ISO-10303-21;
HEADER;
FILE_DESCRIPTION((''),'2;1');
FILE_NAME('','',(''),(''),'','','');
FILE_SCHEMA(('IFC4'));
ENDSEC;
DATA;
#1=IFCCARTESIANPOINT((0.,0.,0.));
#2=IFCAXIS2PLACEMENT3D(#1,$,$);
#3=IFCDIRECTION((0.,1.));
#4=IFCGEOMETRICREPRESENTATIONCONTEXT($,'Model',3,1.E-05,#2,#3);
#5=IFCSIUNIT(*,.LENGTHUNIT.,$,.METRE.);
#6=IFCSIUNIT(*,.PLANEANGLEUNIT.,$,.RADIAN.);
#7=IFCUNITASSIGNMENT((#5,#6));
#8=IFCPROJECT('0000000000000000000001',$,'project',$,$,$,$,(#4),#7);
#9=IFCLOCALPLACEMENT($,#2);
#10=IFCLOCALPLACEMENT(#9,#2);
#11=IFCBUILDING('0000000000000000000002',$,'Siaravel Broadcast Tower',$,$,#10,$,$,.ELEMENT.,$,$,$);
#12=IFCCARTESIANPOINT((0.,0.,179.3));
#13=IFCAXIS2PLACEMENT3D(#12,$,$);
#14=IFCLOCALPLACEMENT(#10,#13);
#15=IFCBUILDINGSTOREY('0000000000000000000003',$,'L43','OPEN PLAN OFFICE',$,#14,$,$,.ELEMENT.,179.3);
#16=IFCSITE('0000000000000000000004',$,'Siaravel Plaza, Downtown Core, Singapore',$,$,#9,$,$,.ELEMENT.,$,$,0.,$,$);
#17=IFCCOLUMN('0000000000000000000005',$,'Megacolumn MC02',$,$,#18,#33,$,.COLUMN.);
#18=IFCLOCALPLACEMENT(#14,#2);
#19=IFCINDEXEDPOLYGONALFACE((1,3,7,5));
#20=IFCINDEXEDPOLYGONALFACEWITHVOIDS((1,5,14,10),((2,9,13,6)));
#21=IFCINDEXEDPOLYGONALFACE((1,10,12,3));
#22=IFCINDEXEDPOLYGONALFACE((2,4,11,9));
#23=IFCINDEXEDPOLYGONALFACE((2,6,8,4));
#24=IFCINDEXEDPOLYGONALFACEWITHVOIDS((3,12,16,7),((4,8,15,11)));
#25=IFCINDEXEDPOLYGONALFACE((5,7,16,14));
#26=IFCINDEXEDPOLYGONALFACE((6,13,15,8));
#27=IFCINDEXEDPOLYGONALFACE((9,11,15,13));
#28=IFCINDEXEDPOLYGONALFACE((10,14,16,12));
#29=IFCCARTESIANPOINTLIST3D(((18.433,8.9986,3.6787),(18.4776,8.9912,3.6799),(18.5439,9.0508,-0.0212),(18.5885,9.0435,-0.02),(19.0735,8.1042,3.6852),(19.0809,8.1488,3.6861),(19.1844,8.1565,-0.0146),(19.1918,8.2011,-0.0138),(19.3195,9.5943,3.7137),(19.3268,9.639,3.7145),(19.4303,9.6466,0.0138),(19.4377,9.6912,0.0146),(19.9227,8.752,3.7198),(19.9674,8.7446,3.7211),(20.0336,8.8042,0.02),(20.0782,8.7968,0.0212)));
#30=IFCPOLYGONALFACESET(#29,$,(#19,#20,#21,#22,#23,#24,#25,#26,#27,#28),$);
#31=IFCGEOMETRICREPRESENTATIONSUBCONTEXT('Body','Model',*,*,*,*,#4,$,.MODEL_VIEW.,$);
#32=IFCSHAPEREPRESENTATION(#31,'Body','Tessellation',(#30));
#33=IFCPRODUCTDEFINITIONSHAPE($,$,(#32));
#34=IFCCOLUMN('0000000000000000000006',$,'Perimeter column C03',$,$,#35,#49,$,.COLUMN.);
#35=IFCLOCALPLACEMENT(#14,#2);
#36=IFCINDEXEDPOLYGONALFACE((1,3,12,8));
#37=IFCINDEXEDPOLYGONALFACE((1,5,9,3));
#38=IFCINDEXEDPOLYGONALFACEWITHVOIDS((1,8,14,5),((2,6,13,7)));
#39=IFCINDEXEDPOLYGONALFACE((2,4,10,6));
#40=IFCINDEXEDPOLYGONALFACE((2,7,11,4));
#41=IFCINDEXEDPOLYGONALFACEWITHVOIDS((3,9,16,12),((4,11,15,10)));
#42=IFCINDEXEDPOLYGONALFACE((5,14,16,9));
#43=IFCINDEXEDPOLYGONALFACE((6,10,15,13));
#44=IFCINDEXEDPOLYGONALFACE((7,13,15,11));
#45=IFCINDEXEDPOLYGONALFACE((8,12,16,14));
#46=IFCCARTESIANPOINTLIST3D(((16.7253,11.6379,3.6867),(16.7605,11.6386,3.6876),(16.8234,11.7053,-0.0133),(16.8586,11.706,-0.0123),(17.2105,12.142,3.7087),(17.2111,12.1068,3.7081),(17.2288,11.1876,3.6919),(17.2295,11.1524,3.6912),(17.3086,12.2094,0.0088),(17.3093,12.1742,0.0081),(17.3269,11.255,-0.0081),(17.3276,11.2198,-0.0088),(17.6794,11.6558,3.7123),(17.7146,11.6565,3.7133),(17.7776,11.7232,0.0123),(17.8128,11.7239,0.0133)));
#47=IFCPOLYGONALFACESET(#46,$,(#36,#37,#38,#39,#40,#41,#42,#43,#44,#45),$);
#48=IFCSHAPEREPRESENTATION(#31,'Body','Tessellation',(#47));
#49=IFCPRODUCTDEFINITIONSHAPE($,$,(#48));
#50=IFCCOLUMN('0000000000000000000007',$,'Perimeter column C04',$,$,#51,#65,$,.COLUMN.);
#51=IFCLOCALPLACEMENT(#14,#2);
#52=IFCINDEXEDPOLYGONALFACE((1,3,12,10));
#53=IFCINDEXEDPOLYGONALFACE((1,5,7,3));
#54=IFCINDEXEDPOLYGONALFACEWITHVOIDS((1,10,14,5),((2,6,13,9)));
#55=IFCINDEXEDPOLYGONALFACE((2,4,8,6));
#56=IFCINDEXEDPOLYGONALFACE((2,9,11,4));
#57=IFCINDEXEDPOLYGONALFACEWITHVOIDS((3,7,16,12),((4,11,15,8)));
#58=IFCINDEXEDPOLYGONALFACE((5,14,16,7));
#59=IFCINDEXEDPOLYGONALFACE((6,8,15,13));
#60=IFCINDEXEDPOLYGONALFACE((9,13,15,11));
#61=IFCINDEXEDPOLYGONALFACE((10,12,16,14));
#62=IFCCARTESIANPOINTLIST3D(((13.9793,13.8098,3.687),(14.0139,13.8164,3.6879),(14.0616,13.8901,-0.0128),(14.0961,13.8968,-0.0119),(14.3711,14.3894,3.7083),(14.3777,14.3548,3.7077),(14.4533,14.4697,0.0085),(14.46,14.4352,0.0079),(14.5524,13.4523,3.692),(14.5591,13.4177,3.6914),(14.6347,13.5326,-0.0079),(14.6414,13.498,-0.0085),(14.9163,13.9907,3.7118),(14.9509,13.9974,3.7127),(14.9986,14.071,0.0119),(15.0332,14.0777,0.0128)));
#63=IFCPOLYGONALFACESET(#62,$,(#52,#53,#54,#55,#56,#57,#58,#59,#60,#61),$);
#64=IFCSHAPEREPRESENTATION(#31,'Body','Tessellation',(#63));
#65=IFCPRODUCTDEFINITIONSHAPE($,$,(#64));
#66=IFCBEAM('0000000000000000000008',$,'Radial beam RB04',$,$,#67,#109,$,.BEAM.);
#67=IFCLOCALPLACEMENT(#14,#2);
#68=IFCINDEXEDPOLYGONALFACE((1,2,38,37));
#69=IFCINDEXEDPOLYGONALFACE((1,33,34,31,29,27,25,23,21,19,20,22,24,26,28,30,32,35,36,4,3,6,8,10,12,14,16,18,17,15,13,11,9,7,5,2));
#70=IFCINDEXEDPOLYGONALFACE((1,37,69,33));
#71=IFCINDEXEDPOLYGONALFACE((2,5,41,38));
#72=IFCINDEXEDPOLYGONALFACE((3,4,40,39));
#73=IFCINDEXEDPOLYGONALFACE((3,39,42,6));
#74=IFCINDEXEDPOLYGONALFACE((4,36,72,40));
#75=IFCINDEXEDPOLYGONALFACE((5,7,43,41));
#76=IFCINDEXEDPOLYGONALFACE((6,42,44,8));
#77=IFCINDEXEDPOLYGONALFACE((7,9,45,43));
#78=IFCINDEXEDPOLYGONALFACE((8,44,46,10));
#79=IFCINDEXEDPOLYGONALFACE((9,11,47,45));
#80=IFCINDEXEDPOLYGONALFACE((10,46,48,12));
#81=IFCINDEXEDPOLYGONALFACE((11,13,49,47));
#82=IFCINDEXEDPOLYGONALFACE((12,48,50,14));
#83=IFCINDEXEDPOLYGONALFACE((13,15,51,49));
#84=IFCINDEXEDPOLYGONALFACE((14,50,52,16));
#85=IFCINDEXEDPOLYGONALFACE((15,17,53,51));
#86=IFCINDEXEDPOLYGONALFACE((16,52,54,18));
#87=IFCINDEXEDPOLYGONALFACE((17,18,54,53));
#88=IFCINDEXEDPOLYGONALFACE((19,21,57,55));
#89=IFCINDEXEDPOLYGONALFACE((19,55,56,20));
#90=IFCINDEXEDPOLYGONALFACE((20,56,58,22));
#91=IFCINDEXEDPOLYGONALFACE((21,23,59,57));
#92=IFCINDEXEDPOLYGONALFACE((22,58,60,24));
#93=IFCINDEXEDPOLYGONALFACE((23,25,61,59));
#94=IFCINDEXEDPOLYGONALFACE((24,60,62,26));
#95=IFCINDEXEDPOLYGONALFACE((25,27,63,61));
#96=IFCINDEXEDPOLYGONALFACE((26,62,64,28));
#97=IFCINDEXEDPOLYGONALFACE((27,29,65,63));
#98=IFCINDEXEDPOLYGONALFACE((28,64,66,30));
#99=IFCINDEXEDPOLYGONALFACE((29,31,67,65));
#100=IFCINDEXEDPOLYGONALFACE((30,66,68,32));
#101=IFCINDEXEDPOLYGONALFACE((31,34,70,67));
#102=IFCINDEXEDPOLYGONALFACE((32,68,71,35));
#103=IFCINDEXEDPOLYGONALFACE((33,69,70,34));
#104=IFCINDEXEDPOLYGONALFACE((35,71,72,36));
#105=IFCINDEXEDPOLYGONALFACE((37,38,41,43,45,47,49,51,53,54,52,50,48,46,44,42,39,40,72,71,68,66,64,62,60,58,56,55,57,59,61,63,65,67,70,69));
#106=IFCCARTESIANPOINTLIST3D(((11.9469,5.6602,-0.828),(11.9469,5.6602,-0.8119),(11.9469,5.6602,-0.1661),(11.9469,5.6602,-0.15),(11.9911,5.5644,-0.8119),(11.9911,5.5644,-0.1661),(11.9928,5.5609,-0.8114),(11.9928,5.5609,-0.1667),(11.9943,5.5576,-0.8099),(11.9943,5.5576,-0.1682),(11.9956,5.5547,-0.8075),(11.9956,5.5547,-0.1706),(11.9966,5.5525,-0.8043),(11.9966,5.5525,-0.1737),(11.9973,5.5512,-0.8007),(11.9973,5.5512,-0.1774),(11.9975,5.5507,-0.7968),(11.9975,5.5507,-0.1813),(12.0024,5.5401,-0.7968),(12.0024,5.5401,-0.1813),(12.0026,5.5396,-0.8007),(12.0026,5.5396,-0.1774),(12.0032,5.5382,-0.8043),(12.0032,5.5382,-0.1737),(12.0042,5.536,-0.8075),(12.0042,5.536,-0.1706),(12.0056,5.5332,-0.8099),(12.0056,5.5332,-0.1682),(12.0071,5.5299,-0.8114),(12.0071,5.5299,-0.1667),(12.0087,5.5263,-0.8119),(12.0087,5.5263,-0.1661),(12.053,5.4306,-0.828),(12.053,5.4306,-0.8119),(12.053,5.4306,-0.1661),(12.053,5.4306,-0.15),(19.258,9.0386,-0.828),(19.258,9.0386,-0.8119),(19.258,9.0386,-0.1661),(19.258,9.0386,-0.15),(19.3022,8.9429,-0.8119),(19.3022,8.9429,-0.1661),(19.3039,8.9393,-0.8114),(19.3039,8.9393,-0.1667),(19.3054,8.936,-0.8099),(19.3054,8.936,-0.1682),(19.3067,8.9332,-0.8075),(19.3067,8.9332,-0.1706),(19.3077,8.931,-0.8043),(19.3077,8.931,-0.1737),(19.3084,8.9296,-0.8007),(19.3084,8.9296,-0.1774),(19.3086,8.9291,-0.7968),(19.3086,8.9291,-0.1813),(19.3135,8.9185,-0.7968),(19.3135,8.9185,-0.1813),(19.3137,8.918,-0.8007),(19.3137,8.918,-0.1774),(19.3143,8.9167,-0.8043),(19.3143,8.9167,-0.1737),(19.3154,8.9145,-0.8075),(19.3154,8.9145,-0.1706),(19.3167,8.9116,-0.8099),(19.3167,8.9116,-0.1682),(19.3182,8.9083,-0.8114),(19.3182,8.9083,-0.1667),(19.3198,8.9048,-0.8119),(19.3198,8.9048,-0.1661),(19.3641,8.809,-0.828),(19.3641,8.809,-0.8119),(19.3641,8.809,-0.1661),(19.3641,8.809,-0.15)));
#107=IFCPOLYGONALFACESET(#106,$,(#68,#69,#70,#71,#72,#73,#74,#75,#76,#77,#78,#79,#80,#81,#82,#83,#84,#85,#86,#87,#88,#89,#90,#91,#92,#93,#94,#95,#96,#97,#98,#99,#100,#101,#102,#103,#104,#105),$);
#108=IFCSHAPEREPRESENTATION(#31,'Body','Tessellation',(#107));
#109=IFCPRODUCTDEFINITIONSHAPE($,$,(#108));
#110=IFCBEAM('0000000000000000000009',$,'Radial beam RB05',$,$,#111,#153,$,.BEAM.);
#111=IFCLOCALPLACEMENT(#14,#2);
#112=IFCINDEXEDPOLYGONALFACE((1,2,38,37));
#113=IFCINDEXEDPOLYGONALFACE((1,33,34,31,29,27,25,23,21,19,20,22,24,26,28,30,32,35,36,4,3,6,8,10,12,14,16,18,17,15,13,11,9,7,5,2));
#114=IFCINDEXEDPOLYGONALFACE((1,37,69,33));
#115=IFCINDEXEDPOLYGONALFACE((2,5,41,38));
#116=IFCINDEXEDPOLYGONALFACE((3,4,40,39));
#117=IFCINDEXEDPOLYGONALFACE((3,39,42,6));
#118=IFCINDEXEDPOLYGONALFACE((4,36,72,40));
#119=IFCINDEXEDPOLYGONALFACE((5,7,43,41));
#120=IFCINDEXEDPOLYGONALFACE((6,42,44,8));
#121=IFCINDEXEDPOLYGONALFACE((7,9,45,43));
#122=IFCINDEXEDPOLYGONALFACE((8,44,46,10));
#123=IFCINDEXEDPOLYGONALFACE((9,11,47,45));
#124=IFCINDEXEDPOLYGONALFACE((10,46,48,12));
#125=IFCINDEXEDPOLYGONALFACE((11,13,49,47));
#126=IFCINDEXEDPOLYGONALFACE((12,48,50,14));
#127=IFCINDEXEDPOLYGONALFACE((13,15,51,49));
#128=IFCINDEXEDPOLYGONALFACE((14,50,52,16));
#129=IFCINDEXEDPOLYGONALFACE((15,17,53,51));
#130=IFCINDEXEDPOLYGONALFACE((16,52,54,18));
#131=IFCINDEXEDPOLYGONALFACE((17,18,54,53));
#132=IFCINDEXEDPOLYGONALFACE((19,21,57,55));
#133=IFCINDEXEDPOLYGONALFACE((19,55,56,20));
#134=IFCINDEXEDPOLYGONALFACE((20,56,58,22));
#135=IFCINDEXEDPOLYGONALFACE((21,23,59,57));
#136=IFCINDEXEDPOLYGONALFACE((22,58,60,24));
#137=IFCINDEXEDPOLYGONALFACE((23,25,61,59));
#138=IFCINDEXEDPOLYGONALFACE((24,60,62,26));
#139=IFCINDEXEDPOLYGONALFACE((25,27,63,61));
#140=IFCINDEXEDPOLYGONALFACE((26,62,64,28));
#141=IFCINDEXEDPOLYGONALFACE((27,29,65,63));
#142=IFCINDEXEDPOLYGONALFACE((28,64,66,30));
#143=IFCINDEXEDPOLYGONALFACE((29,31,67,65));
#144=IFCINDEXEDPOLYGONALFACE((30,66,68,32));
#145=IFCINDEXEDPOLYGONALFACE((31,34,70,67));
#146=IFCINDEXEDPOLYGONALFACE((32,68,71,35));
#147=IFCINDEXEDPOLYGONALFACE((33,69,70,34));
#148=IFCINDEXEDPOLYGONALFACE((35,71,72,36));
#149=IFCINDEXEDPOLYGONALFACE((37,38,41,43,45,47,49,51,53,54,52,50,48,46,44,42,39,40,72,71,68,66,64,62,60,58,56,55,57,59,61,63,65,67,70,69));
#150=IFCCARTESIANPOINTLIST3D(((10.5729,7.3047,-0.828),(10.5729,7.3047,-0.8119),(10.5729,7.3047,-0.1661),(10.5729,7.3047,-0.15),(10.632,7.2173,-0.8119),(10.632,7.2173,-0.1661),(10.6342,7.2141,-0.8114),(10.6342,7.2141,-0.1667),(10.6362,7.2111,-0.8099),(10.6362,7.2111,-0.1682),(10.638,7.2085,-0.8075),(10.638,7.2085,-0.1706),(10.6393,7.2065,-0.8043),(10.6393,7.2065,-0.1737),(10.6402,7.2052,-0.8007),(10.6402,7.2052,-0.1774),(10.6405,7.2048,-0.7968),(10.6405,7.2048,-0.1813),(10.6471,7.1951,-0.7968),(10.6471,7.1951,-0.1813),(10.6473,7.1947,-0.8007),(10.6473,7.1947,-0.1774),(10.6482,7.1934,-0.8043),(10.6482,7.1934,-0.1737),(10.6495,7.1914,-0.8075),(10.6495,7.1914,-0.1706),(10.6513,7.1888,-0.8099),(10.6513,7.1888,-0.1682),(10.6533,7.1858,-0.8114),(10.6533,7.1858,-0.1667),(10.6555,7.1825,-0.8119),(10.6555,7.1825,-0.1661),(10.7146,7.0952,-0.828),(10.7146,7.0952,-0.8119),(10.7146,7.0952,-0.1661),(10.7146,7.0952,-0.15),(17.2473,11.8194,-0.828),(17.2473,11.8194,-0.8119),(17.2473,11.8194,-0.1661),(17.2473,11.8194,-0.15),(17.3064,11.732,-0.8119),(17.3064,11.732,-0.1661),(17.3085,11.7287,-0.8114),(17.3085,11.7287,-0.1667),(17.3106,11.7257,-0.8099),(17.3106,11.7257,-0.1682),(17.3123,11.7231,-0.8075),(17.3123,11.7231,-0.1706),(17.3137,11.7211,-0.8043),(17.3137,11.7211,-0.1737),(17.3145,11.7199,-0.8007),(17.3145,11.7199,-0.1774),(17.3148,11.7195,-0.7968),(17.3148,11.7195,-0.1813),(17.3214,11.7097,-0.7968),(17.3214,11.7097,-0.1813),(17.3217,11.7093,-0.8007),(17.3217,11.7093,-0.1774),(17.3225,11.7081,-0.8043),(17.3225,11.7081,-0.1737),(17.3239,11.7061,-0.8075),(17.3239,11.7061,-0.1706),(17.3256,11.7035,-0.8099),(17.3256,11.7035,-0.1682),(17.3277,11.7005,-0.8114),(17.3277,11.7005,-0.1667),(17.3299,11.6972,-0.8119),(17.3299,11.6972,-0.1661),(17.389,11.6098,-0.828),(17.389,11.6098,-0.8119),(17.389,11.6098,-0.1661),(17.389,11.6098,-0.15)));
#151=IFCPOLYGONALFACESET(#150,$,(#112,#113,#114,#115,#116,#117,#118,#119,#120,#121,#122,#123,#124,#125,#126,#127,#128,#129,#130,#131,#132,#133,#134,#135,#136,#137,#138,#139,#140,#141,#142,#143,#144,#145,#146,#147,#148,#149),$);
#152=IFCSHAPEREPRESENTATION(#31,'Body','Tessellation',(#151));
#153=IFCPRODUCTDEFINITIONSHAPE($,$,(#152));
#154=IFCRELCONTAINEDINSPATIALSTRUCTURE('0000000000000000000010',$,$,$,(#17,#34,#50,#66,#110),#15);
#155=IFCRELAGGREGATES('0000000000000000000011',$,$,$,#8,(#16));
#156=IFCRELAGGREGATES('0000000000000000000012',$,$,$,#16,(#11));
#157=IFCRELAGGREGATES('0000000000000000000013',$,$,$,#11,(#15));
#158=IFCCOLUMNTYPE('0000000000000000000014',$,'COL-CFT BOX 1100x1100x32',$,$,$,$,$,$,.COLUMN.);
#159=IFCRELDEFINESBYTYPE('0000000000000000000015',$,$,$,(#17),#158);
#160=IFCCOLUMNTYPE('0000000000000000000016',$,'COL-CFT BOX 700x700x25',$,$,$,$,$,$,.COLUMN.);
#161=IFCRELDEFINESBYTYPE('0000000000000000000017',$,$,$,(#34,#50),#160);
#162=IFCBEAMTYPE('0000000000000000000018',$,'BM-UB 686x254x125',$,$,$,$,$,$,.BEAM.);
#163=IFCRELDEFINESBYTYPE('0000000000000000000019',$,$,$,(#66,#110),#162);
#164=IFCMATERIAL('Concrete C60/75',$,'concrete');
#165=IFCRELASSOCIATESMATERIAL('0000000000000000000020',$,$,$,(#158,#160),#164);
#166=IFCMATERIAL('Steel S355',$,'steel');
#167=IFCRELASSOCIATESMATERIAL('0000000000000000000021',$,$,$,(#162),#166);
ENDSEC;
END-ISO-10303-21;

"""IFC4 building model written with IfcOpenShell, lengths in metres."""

from ifc_helpers import new_model, si_unit, direction, frame, origin, origin_2d, place, context, subcontext, project, spatial, hollow_rectangle, i_section, extrude, material, material_profile, profile_set, type_object, element, save


model = new_model("IFC4")

# Units and contexts
model_context = context("Model", 3, precision=1e-05, world=origin(), true_north=direction((0.0, 1.0)))
body_context = subcontext(model_context, "Body", "Model", "MODEL_VIEW")
ifc_project = project(units=[si_unit("LENGTHUNIT", "METRE"), si_unit("PLANEANGLEUNIT", "RADIAN")], contexts=[model_context])

# Site, building, storey
site_placement = place(None, origin())
site = spatial("IfcSite", under=ifc_project, at=site_placement, Name="Siaravel Plaza, Downtown Core, Singapore", CompositionType="ELEMENT", RefElevation=0.0)
building_placement = place(site_placement, origin())
building = spatial("IfcBuilding", under=site, at=building_placement, Name="Siaravel Broadcast Tower", CompositionType="ELEMENT")
storey_placement = place(building_placement, frame((0.0, 0.0, 179.3)))
storey = spatial("IfcBuildingStorey", under=building, at=storey_placement, Name="L43", Description="OPEN PLAN OFFICE", CompositionType="ELEMENT", Elevation=179.3)

# Columns
ifc_material_1 = material(Name="Concrete C60/75", Category="concrete")
ifc_material_profile_1 = material_profile(ifc_material_1, hollow_rectangle(XDim=1.1001, YDim=1.1001, WallThickness=0.032, at=origin_2d()))
ifc_profile_set_1 = profile_set([ifc_material_profile_1], Name="Concrete C60/75")
column_type_1 = type_object("IfcColumnType", Name="COL-CFT BOX 1100x1100x32", PredefinedType="COLUMN", material=ifc_profile_set_1)
column_1_placement = place(storey_placement, frame((19.311, 8.9238, 0.0), z_axis=(-0.029941, -0.014113, 0.999452), x_axis=(0.582226, -0.813005, 0.005962)))
element("IfcColumn", 1, at=column_1_placement, inside=storey, type_object=column_type_1, Name="Megacolumn MC02", PredefinedType="COLUMN", context=body_context, shape_type="SweptSolid", body=[
    extrude(hollow_rectangle(XDim=1.1001, YDim=1.1001, WallThickness=0.032, at=origin_2d()), origin(), (0.0, 0.0, 1.0), 3.7019),
])
ifc_material_profile_2 = material_profile(ifc_material_1, hollow_rectangle(XDim=0.7, YDim=0.7, WallThickness=0.0249, at=origin_2d()))
ifc_profile_set_2 = profile_set([ifc_material_profile_2], Name="Concrete C60/75")
column_type_2 = type_object("IfcColumnType", Name="COL-CFT BOX 700x700x25", PredefinedType="COLUMN", material=ifc_profile_set_2)
column_2_placement = place(storey_placement, frame((17.3181, 11.7146, 0.0), z_axis=(-0.026512, -0.018202, 0.999483), x_axis=(0.720311, -0.693622, 0.006475)))
element("IfcColumn", 2, at=column_2_placement, inside=storey, type_object=column_type_2, Name="Perimeter column C03", PredefinedType="COLUMN", context=body_context, shape_type="SweptSolid", body=[
    extrude(hollow_rectangle(XDim=0.7, YDim=0.7, WallThickness=0.0249, at=origin_2d()), origin(), (0.0, 0.0, 1.0), 3.7019),
])
column_3_placement = place(storey_placement, frame((14.5474, 13.9839, 0.0), z_axis=(-0.022226, -0.021699, 0.999517), x_axis=(0.828399, -0.560103, 0.006262)))
element("IfcColumn", 3, at=column_3_placement, inside=storey, type_object=column_type_2, Name="Perimeter column C04", PredefinedType="COLUMN", context=body_context, shape_type="SweptSolid", body=[
    extrude(hollow_rectangle(XDim=0.7, YDim=0.7, WallThickness=0.0249, at=origin_2d()), origin(), (0.0, 0.0, 1.0), 3.7017),
])

# Beams
ifc_material_2 = material(Name="Steel S355", Category="steel")
ifc_material_profile_3 = material_profile(ifc_material_2, i_section(OverallWidth=0.2529, OverallDepth=0.678, WebThickness=0.0117, FlangeThickness=0.0161, FilletRadius=0.0151, at=origin_2d()))
ifc_profile_set_3 = profile_set([ifc_material_profile_3], Name="Steel S355")
beam_type = type_object("IfcBeamType", Name="BM-UB 686x254x125", PredefinedType="BEAM", material=ifc_profile_set_3)
beam_1_placement = place(storey_placement, frame((19.311, 8.9238, -0.489), z_axis=(-0.907766, -0.419477, 0.0), x_axis=(0.419477, -0.907766, 0.0)))
element("IfcBeam", 4, at=beam_1_placement, inside=storey, type_object=beam_type, Name="Radial beam RB04", PredefinedType="BEAM", context=body_context, shape_type="SweptSolid", body=[
    extrude(i_section(OverallWidth=0.2529, OverallDepth=0.678, WebThickness=0.0117, FlangeThickness=0.0161, FilletRadius=0.0151, at=origin_2d()), origin(), (0.0, 0.0, 1.0), 8.054),
])
beam_2_placement = place(storey_placement, frame((17.3181, 11.7146, -0.489), z_axis=(-0.828302, -0.560281, 0.0), x_axis=(0.560281, -0.828302, 0.0)))
element("IfcBeam", 5, at=beam_2_placement, inside=storey, type_object=beam_type, Name="Radial beam RB05", PredefinedType="BEAM", context=body_context, shape_type="SweptSolid", body=[
    extrude(i_section(OverallWidth=0.2529, OverallDepth=0.678, WebThickness=0.0117, FlangeThickness=0.0161, FilletRadius=0.0151, at=origin_2d()), origin(), (0.0, 0.0, 1.0), 8.0579),
])

save(model, "model.ifc")
